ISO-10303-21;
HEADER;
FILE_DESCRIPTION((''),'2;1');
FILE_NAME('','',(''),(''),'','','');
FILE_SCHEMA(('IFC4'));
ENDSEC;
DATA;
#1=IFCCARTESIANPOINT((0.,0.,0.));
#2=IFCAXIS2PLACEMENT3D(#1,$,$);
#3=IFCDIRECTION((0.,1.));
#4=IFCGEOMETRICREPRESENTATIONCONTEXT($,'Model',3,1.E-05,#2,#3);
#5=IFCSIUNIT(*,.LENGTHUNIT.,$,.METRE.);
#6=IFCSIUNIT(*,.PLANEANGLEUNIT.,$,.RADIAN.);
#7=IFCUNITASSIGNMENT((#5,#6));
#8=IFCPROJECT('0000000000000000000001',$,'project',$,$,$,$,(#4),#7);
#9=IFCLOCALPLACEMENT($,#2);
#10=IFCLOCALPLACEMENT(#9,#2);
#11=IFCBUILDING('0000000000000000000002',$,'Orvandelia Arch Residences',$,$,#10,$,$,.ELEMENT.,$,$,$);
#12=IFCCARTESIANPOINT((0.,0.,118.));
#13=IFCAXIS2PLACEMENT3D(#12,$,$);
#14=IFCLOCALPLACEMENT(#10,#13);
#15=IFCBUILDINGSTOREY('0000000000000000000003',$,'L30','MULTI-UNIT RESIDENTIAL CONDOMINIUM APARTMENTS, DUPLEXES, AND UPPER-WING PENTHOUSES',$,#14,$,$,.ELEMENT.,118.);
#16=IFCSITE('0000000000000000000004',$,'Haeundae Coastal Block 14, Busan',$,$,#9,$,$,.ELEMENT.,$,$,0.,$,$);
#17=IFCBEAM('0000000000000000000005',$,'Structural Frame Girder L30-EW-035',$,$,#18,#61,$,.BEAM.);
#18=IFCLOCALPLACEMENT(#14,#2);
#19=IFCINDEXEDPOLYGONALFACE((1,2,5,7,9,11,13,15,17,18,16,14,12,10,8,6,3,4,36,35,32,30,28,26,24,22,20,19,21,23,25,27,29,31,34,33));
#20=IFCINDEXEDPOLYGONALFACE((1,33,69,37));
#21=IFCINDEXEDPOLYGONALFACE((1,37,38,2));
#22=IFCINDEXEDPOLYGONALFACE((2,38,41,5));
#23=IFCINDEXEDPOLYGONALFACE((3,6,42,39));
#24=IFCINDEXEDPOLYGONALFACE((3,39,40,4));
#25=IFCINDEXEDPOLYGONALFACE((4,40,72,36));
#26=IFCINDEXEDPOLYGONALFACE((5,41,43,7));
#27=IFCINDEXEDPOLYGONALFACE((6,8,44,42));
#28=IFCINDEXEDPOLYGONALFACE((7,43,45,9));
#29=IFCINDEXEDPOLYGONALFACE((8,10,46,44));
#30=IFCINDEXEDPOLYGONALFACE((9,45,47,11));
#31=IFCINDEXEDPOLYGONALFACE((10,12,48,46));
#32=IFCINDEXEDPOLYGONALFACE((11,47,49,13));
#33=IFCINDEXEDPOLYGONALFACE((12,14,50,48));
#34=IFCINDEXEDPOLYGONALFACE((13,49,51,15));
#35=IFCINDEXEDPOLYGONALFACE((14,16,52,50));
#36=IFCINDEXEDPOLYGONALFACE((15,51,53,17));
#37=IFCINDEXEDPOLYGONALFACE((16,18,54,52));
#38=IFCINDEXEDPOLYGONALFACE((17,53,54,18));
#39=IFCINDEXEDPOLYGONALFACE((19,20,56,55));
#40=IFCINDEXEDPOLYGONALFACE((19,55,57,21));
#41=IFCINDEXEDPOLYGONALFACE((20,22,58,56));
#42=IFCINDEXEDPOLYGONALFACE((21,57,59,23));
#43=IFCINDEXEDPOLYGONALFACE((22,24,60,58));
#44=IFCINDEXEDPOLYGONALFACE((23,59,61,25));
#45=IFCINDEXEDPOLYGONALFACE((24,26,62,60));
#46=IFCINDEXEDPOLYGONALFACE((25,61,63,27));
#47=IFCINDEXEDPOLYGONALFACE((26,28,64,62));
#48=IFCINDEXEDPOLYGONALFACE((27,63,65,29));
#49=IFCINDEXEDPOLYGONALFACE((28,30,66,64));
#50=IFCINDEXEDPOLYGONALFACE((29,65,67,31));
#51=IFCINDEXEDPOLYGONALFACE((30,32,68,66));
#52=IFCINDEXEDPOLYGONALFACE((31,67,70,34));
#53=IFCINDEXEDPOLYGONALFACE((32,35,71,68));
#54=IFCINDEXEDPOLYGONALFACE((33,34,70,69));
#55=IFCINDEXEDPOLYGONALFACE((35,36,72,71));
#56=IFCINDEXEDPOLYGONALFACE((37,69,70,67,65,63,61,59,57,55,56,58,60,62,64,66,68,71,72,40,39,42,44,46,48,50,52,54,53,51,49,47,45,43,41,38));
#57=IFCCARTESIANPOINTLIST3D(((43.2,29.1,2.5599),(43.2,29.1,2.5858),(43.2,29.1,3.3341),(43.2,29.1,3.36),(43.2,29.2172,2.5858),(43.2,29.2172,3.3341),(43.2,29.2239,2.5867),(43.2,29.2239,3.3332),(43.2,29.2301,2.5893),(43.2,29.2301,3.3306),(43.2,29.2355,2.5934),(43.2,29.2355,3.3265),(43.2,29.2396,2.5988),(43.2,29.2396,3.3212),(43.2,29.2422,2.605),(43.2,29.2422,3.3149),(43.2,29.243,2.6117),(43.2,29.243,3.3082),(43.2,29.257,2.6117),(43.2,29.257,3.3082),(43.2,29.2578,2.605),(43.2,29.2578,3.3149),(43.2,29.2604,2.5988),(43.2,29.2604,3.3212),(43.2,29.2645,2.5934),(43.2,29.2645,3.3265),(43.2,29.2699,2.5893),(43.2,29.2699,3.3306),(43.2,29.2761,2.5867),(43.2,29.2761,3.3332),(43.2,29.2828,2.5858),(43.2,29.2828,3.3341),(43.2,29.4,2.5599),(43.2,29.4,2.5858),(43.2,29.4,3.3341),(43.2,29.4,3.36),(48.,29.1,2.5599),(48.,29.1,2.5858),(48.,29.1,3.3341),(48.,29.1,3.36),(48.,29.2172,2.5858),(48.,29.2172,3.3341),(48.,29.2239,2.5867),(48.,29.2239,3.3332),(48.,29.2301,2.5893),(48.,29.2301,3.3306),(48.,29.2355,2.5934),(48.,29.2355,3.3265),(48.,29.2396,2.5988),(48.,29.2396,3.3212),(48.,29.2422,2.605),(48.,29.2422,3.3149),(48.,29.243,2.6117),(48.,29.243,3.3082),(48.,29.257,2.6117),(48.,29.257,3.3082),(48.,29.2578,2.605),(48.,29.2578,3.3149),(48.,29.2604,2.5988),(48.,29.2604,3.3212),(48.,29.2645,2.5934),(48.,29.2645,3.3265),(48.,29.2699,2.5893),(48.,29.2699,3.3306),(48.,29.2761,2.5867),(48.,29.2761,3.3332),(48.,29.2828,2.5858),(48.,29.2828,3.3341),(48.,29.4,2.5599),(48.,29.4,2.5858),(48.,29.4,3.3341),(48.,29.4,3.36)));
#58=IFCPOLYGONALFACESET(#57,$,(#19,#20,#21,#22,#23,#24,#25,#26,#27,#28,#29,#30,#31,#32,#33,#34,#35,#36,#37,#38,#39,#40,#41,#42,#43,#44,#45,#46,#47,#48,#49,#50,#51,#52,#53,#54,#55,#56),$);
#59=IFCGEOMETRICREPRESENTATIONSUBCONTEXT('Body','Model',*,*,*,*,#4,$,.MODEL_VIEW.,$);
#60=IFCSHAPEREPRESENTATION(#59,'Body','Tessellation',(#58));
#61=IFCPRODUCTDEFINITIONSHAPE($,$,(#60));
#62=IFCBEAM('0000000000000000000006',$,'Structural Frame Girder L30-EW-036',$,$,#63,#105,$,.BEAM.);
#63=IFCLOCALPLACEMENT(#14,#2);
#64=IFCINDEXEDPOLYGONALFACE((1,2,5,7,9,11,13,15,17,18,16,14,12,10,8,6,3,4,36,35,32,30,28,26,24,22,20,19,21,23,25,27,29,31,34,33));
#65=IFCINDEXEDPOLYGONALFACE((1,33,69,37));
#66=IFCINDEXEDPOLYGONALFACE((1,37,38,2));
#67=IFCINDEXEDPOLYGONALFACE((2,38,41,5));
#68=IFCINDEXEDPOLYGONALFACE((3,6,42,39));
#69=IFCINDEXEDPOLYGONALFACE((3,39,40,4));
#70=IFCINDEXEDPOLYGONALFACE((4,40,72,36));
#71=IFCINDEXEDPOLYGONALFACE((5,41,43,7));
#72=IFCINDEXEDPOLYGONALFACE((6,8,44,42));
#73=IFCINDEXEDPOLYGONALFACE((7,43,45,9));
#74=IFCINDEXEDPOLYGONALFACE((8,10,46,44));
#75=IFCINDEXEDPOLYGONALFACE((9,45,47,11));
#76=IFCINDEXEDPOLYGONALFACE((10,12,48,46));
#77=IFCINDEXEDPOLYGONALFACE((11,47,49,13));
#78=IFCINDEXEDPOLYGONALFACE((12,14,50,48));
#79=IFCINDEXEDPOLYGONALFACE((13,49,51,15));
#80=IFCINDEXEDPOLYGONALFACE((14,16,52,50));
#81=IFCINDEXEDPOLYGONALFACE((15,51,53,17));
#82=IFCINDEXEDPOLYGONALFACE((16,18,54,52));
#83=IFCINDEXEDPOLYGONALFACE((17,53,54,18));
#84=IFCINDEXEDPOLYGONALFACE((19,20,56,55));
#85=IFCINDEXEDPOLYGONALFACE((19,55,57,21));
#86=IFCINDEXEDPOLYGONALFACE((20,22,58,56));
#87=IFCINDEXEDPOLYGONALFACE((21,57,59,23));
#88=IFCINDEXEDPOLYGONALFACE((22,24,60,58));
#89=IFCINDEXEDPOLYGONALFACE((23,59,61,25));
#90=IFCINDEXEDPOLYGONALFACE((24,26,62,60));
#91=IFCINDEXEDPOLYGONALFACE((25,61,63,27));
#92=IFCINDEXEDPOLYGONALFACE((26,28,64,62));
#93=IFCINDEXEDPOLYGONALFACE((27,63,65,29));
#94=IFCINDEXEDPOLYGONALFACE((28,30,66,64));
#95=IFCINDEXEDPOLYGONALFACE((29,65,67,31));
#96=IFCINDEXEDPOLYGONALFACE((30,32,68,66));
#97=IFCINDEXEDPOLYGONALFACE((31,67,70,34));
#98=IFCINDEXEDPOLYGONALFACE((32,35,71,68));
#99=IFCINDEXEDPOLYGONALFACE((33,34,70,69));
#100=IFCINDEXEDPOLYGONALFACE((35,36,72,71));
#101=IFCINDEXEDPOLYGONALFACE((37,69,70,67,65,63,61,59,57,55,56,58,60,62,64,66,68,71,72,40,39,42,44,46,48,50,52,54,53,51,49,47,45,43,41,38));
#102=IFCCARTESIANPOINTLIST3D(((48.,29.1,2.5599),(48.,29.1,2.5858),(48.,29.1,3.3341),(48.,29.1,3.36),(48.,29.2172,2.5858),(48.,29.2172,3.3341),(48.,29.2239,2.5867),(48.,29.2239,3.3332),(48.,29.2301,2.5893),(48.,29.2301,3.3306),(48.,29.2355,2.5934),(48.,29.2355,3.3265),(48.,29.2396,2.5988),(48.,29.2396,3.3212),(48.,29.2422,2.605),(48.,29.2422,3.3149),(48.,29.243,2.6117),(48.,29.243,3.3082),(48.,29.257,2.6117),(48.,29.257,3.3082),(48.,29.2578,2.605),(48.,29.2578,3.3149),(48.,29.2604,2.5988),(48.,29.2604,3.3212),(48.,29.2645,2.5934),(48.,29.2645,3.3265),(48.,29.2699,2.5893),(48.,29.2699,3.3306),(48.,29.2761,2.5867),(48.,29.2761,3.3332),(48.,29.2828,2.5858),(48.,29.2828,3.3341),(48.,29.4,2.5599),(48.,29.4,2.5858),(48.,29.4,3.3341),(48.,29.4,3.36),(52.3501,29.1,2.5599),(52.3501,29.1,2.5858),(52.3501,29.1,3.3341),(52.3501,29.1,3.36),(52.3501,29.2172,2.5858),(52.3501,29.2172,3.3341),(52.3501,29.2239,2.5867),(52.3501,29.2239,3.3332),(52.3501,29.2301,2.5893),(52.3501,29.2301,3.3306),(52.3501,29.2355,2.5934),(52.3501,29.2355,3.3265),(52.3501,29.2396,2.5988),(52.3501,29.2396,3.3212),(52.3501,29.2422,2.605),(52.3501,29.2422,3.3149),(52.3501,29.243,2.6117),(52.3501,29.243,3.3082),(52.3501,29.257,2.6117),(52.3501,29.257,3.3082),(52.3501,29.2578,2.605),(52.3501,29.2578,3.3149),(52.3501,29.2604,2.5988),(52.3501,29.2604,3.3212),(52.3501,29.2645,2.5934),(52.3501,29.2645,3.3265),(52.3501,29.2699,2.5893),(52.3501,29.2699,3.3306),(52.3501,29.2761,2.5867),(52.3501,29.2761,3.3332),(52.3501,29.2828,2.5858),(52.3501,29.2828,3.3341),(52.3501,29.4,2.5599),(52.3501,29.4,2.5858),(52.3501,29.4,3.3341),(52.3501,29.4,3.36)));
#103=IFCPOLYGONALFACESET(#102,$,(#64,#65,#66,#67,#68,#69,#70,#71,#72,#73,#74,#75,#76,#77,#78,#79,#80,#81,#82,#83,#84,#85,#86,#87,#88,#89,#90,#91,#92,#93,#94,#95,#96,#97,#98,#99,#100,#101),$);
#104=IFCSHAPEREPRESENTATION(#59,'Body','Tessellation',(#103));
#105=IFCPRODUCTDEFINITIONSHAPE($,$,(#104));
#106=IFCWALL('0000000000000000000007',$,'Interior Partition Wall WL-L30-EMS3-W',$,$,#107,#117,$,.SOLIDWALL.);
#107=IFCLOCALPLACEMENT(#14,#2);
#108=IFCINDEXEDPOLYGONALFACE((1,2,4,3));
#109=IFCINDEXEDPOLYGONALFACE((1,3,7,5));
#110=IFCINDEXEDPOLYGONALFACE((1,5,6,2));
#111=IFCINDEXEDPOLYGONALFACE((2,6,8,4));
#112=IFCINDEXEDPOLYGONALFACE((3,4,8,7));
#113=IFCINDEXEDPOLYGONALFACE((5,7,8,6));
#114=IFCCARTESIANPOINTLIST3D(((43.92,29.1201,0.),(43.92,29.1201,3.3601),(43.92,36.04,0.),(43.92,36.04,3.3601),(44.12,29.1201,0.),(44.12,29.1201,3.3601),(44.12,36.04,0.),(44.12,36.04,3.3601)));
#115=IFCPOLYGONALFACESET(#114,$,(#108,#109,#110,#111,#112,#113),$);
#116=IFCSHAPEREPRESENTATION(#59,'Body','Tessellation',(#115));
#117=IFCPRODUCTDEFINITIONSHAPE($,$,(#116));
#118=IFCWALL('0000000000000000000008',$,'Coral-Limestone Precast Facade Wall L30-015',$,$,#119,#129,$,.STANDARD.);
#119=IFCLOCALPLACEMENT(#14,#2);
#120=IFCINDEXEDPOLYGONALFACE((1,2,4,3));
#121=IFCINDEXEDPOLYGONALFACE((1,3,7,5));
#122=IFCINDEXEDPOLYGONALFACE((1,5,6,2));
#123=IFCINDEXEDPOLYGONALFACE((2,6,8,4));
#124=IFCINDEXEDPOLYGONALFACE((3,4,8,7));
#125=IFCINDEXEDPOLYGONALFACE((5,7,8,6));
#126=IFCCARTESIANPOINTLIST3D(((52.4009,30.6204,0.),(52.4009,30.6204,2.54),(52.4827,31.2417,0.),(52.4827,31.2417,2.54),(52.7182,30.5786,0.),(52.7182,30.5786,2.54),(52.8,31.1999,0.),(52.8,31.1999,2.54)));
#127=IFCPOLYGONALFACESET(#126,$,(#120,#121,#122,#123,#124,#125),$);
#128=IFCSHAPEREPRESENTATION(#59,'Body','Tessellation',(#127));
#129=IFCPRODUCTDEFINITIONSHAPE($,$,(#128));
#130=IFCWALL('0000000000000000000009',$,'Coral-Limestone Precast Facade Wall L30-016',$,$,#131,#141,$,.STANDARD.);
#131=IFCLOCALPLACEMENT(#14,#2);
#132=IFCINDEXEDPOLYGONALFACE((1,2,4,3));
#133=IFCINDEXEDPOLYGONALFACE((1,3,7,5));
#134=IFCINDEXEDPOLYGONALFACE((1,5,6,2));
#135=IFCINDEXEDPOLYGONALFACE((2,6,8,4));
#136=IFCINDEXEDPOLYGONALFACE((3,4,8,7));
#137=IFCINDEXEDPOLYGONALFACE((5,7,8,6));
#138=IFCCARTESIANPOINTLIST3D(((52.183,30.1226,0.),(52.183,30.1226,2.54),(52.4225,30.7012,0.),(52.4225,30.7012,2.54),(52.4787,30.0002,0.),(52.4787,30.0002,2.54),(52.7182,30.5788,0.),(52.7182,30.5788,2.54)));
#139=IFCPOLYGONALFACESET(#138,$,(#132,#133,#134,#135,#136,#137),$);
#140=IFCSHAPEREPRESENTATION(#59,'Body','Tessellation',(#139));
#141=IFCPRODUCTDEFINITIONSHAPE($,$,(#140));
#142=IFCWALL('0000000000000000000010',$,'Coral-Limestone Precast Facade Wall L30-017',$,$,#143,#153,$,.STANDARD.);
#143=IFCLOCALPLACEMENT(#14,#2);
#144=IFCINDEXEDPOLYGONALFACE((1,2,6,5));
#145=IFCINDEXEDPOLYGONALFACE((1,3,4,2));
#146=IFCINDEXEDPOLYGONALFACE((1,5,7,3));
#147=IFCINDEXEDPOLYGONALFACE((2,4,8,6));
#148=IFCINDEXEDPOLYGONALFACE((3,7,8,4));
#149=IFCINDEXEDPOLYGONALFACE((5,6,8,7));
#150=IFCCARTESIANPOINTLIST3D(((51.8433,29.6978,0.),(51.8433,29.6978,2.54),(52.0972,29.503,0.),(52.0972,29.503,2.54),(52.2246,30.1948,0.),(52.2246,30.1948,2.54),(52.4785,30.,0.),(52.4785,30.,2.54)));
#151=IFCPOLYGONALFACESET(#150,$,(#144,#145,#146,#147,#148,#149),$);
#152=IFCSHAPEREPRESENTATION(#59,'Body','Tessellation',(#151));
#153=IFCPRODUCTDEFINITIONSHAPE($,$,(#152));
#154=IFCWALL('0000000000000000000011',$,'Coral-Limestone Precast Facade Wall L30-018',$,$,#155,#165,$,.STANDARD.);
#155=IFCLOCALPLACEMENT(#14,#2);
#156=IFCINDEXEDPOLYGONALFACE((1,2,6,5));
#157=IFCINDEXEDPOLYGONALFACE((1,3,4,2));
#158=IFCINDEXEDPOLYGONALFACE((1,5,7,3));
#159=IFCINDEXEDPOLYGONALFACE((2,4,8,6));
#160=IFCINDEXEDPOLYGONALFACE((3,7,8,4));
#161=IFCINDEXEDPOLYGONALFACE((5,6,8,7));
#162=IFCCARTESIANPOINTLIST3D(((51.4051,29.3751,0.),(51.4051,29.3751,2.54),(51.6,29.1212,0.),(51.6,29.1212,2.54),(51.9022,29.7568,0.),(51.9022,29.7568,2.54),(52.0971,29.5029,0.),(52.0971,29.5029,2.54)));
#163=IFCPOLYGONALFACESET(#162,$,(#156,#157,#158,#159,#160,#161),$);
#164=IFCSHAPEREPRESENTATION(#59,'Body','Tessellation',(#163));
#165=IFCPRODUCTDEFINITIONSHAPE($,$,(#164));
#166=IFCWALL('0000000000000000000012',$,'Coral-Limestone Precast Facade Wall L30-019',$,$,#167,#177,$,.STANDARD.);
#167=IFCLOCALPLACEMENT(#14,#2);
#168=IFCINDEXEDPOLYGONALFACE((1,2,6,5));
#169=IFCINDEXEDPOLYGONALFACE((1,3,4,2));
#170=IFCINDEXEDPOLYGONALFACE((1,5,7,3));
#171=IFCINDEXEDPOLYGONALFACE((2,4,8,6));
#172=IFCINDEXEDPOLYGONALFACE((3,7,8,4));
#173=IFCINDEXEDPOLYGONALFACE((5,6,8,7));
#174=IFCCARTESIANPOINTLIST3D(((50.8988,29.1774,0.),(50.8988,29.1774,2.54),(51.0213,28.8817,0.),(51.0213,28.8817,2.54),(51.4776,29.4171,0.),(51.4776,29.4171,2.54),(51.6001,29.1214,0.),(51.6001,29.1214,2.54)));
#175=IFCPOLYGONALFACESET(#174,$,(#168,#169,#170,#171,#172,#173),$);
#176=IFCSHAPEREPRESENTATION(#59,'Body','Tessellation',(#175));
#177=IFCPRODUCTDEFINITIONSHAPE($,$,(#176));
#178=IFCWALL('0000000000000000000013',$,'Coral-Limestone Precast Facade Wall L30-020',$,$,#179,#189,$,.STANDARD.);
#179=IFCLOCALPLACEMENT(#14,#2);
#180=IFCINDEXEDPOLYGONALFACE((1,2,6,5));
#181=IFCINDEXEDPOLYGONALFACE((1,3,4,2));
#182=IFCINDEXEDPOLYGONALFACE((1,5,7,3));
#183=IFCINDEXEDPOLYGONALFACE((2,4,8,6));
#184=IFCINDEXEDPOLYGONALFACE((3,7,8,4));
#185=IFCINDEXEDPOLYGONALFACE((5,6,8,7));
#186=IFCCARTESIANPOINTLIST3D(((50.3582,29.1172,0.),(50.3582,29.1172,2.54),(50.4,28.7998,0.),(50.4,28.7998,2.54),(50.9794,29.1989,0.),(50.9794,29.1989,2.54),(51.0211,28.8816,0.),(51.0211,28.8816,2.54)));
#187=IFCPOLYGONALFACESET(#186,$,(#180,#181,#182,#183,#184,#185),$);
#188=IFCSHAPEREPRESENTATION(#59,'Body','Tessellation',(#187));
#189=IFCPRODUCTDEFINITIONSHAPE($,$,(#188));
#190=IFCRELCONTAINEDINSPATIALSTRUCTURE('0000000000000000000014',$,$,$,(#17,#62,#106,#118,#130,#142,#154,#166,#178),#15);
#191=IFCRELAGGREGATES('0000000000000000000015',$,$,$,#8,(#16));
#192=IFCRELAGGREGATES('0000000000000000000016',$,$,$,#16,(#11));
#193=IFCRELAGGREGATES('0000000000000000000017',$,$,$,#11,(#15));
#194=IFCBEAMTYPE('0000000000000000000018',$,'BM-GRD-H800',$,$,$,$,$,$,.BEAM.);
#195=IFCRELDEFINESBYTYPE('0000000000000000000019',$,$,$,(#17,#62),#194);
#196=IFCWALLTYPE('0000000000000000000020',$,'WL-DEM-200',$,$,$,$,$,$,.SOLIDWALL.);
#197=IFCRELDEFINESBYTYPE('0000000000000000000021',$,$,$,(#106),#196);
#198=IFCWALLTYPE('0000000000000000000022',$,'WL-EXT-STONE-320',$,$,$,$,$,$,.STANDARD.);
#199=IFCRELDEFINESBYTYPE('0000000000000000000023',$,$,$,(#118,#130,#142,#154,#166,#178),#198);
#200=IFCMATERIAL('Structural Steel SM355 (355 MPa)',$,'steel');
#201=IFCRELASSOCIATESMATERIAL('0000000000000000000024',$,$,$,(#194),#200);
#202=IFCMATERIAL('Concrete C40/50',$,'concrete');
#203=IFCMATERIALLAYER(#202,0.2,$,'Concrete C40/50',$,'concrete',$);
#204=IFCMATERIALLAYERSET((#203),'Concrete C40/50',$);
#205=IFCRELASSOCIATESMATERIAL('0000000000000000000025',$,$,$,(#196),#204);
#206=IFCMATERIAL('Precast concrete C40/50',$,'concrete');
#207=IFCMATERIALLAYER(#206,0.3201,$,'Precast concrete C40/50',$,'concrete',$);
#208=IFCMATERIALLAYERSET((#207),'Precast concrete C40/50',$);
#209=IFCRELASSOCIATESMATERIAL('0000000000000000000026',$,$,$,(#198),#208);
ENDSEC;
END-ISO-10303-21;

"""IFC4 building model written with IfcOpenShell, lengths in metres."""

from ifc_helpers import new_model, si_unit, direction, frame, frame_2d, origin, origin_2d, place, context, subcontext, project, spatial, rectangle, i_section, extrude, material, layer, layer_set, material_profile, profile_set, type_object, element, save


model = new_model("IFC4")

# Units and contexts
model_context = context("Model", 3, precision=1e-05, world=origin(), true_north=direction((0.0, 1.0)))
body_context = subcontext(model_context, "Body", "Model", "MODEL_VIEW")
ifc_project = project(units=[si_unit("LENGTHUNIT", "METRE"), si_unit("PLANEANGLEUNIT", "RADIAN")], contexts=[model_context])

# Site, building, storey
site_placement = place(None, origin())
site = spatial("IfcSite", under=ifc_project, at=site_placement, Name="Haeundae Coastal Block 14, Busan", CompositionType="ELEMENT", RefElevation=0.0)
building_placement = place(site_placement, origin())
building = spatial("IfcBuilding", under=site, at=building_placement, Name="Orvandelia Arch Residences", CompositionType="ELEMENT")
storey_placement = place(building_placement, frame((0.0, 0.0, 118.0)))
storey = spatial("IfcBuildingStorey", under=building, at=storey_placement, Name="L30", Description="MULTI-UNIT RESIDENTIAL CONDOMINIUM APARTMENTS, DUPLEXES, AND UPPER-WING PENTHOUSES", CompositionType="ELEMENT", Elevation=118.0)

# Beams
ifc_material_1 = material(Name="Structural Steel SM355 (355 MPa)", Category="steel")
ifc_material_profile_1 = material_profile(ifc_material_1, i_section(OverallWidth=0.3, OverallDepth=0.8, WebThickness=0.0139, FlangeThickness=0.0259, FilletRadius=0.0259, at=origin_2d()), Name="Structural Steel SM355 (355 MPa)", Category="steel")
ifc_profile_set_1 = profile_set([ifc_material_profile_1], Name="Structural Steel SM355 (355 MPa)")
beam_type = type_object("IfcBeamType", Name="BM-GRD-H800", PredefinedType="BEAM", material=ifc_profile_set_1)
beam_1_placement = place(storey_placement, frame((43.2, 29.25, 2.96), z_axis=(1.0, 0.0, 0.0), x_axis=(0.0, 1.0, 0.0)))
element("IfcBeam", 1, at=beam_1_placement, inside=storey, type_object=beam_type, Name="Structural Frame Girder L30-EW-035", PredefinedType="BEAM", context=body_context, shape_type="SweptSolid", body=[
    extrude(i_section(OverallWidth=0.3, OverallDepth=0.8, WebThickness=0.0139, FlangeThickness=0.0259, FilletRadius=0.0259, at=origin_2d()), origin(), (0.0, 0.0, 1.0), 4.8),
])
beam_2_placement = place(storey_placement, frame((48.0, 29.25, 2.96), z_axis=(1.0, 0.0, 0.0), x_axis=(0.0, 1.0, 0.0)))
element("IfcBeam", 2, at=beam_2_placement, inside=storey, type_object=beam_type, Name="Structural Frame Girder L30-EW-036", PredefinedType="BEAM", context=body_context, shape_type="SweptSolid", body=[
    extrude(i_section(OverallWidth=0.3, OverallDepth=0.8, WebThickness=0.0139, FlangeThickness=0.0259, FilletRadius=0.0259, at=origin_2d()), origin(), (0.0, 0.0, 1.0), 4.3501),
])

# Walls
ifc_material_2 = material(Name="Concrete C40/50", Category="concrete")
ifc_layer_1 = layer(ifc_material_2, 0.2, Name="Concrete C40/50", Category="concrete")
ifc_layer_set_1 = layer_set([ifc_layer_1], Name="Concrete C40/50")
wall_type_1 = type_object("IfcWallType", Name="WL-DEM-200", PredefinedType="SOLIDWALL", material=ifc_layer_set_1)
wall_1_placement = place(storey_placement, frame((44.02, 29.1201, 0.0), z_axis=(0.0, 0.0, 1.0), x_axis=(0.0, 1.0, 0.0)))
element("IfcWall", 3, at=wall_1_placement, inside=storey, type_object=wall_type_1, Name="Interior Partition Wall WL-L30-EMS3-W", PredefinedType="SOLIDWALL", context=body_context, shape_type="SweptSolid", body=[
    extrude(rectangle(XDim=6.9199, YDim=0.2, at=frame_2d((3.46, 0.0))), origin(), (0.0, 0.0, 1.0), 3.3601),
])
ifc_material_3 = material(Name="Precast concrete C40/50", Category="concrete")
ifc_layer_2 = layer(ifc_material_3, 0.3201, Name="Precast concrete C40/50", Category="concrete")
ifc_layer_set_2 = layer_set([ifc_layer_2], Name="Precast concrete C40/50")
wall_type_2 = type_object("IfcWallType", Name="WL-EXT-STONE-320", PredefinedType="STANDARD", material=ifc_layer_set_2)
wall_2_placement = place(storey_placement, frame((52.6414, 31.2209, 0.0), z_axis=(0.0, 0.0, 1.0), x_axis=(-0.130505, -0.991448, 0.0)))
element("IfcWall", 4, at=wall_2_placement, inside=storey, type_object=wall_type_2, Name="Coral-Limestone Precast Facade Wall L30-015", PredefinedType="STANDARD", context=body_context, shape_type="SweptSolid", body=[
    extrude(rectangle(XDim=0.6267, YDim=0.3201, at=frame_2d((0.3135, 0.0))), origin(), (0.0, 0.0, 1.0), 2.54),
])
wall_3_placement = place(storey_placement, frame((52.5703, 30.6399, 0.0), z_axis=(0.0, 0.0, 1.0), x_axis=(-0.382455, -0.923974, 0.0)))
element("IfcWall", 5, at=wall_3_placement, inside=storey, type_object=wall_type_2, Name="Coral-Limestone Precast Facade Wall L30-016", PredefinedType="STANDARD", context=body_context, shape_type="SweptSolid", body=[
    extrude(rectangle(XDim=0.6262, YDim=0.3201, at=frame_2d((0.313, 0.0))), origin(), (0.0, 0.0, 1.0), 2.54),
])
wall_4_placement = place(storey_placement, frame((52.3516, 30.0974, 0.0), z_axis=(0.0, 0.0, 1.0), x_axis=(-0.608693, -0.793406, 0.0)))
element("IfcWall", 6, at=wall_4_placement, inside=storey, type_object=wall_type_2, Name="Coral-Limestone Precast Facade Wall L30-017", PredefinedType="STANDARD", context=body_context, shape_type="SweptSolid", body=[
    extrude(rectangle(XDim=0.6265, YDim=0.3201, at=frame_2d((0.3132, 0.0))), origin(), (0.0, 0.0, 1.0), 2.54),
])
wall_5_placement = place(storey_placement, frame((51.9998, 29.6299, 0.0), z_axis=(0.0, 0.0, 1.0), x_axis=(-0.793217, -0.608939, 0.0)))
element("IfcWall", 7, at=wall_5_placement, inside=storey, type_object=wall_type_2, Name="Coral-Limestone Precast Facade Wall L30-018", PredefinedType="STANDARD", context=body_context, shape_type="SweptSolid", body=[
    extrude(rectangle(XDim=0.6267, YDim=0.3201, at=frame_2d((0.3135, 0.0))), origin(), (0.0, 0.0, 1.0), 2.54),
])
for number, where, z_axis, x_axis, name in (
    (8, (51.5388, 29.2693, 0.0), (0.0, 0.0, 1.0), (-0.923893, -0.38265, 0.0), "Coral-Limestone Precast Facade Wall L30-019"),
    (9, (51.0002, 29.0403, 0.0), (0.0, 0.0, 1.0), (-0.991441, -0.130555, 0.0), "Coral-Limestone Precast Facade Wall L30-020"),
):
    element("IfcWall", number, at=place(storey_placement, frame(where, z_axis=z_axis, x_axis=x_axis)), inside=storey, type_object=wall_type_2, Name=name, PredefinedType="STANDARD", context=body_context, shape_type="SweptSolid", body=[
        extrude(rectangle(XDim=0.6265, YDim=0.3201, at=frame_2d((0.3132, 0.0))), origin(), (0.0, 0.0, 1.0), 2.54),
    ])

save(model, "model.ifc")
